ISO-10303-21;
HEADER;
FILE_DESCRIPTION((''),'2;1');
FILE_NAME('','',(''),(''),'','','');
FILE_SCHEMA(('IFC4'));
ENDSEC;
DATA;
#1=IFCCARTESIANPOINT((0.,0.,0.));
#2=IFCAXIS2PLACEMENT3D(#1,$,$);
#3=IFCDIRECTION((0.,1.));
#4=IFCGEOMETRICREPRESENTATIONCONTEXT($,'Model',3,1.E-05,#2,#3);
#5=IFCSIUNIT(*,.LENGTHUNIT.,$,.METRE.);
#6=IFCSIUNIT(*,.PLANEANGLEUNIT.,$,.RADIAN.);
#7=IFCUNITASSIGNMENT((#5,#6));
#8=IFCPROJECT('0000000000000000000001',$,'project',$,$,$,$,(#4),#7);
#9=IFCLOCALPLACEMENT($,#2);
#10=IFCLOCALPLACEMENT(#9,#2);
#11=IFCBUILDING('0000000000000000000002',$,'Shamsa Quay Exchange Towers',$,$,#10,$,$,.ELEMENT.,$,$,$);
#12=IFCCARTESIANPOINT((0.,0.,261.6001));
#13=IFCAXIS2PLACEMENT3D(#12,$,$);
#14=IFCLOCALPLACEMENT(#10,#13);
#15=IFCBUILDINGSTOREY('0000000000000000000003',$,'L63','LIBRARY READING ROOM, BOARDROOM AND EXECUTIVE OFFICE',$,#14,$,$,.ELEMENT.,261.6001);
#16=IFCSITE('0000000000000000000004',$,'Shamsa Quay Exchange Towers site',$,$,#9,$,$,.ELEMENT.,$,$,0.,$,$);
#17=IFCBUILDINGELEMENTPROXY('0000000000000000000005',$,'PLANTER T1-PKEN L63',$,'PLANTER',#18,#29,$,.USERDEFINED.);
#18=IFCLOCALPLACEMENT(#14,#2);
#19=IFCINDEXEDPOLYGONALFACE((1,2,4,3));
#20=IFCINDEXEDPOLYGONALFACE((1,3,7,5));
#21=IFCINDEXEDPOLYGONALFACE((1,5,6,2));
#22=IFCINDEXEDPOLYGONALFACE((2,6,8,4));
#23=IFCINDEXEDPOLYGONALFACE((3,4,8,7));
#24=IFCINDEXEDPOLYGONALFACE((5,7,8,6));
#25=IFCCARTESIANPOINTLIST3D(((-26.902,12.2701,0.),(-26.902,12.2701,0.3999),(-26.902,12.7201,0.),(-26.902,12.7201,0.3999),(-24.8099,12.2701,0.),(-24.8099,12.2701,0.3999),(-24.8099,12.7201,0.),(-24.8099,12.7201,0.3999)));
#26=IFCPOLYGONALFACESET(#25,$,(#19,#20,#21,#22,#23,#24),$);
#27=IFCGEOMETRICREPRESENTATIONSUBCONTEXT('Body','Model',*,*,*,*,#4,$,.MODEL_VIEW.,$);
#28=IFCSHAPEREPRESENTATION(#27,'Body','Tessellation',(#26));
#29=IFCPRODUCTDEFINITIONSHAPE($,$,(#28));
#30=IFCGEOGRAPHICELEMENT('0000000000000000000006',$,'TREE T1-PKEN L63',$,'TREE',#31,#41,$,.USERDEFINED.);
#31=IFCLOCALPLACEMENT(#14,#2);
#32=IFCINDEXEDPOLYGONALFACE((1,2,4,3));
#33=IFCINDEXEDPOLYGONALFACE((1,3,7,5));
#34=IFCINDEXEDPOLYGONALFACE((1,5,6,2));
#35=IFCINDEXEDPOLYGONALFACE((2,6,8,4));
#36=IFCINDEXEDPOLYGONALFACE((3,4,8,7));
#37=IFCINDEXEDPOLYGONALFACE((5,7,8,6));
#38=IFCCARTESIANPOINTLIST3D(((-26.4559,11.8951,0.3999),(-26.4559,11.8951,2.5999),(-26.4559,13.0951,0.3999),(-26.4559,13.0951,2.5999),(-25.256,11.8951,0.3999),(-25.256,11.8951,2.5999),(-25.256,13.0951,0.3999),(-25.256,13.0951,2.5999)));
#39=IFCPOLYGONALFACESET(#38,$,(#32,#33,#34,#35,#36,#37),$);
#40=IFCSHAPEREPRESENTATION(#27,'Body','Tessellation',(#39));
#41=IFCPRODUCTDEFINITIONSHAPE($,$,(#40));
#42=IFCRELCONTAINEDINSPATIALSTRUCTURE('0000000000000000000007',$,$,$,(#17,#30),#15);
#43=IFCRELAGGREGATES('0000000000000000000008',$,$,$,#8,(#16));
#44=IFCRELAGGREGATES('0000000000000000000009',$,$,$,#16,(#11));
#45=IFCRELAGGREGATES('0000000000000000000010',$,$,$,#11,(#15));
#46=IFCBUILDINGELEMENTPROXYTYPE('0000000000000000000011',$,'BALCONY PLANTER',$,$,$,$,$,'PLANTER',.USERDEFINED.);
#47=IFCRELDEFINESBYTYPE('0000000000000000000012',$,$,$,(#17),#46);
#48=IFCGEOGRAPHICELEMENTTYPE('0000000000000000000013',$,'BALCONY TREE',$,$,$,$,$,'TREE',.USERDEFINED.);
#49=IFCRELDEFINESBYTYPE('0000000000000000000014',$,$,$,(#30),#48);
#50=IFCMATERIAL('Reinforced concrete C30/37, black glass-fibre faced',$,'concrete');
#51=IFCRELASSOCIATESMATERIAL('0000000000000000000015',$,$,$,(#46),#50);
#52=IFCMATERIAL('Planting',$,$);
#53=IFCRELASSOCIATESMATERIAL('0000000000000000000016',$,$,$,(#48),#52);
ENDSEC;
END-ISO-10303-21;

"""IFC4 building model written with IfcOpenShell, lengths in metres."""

from ifc_helpers import new_model, si_unit, direction, frame, origin, origin_2d, place, context, subcontext, project, spatial, rectangle, extrude, material, type_object, element, save


model = new_model("IFC4")

# Units and contexts
model_context = context("Model", 3, precision=1e-05, world=origin(), true_north=direction((0.0, 1.0)))
body_context = subcontext(model_context, "Body", "Model", "MODEL_VIEW")
ifc_project = project(units=[si_unit("LENGTHUNIT", "METRE"), si_unit("PLANEANGLEUNIT", "RADIAN")], contexts=[model_context])

# Site, building, storey
site_placement = place(None, origin())
site = spatial("IfcSite", under=ifc_project, at=site_placement, Name="Shamsa Quay Exchange Towers site", CompositionType="ELEMENT", RefElevation=0.0)
building_placement = place(site_placement, origin())
building = spatial("IfcBuilding", under=site, at=building_placement, Name="Shamsa Quay Exchange Towers", CompositionType="ELEMENT")
storey_placement = place(building_placement, frame((0.0, 0.0, 261.6001)))
storey = spatial("IfcBuildingStorey", under=building, at=storey_placement, Name="L63", Description="LIBRARY READING ROOM, BOARDROOM AND EXECUTIVE OFFICE", CompositionType="ELEMENT", Elevation=261.6001)

# Building element proxy
ifc_material_1 = material(Name="Reinforced concrete C30/37, black glass-fibre faced", Category="concrete")
building_element_proxy_type = type_object("IfcBuildingElementProxyType", Name="BALCONY PLANTER", ElementType="PLANTER", PredefinedType="USERDEFINED", material=ifc_material_1)
proxy_placement = place(storey_placement, frame((-25.856, 12.4951, 0.0), z_axis=(0.0, 0.0, 1.0), x_axis=(-1.0, 0.0, 0.0)))
element("IfcBuildingElementProxy", 1, at=proxy_placement, inside=storey, type_object=building_element_proxy_type, Name="PLANTER T1-PKEN L63", ObjectType="PLANTER", PredefinedType="USERDEFINED", context=body_context, shape_type="SweptSolid", body=[
    extrude(rectangle(XDim=2.092, YDim=0.45, at=origin_2d()), origin(), (0.0, 0.0, 1.0), 0.3999),
])

# Geographic element
ifc_material_2 = material(Name="Planting")
geographic_element_type = type_object("IfcGeographicElementType", Name="BALCONY TREE", ElementType="TREE", PredefinedType="USERDEFINED", material=ifc_material_2)
geographic_element_placement = place(storey_placement, frame((-25.856, 12.4951, 0.3999), z_axis=(0.0, 0.0, 1.0), x_axis=(-1.0, 0.0, 0.0)))
element("IfcGeographicElement", 2, at=geographic_element_placement, inside=storey, type_object=geographic_element_type, Name="TREE T1-PKEN L63", ObjectType="TREE", PredefinedType="USERDEFINED", context=body_context, shape_type="SweptSolid", body=[
    extrude(rectangle(XDim=1.2, YDim=1.2, at=origin_2d()), origin(), (0.0, 0.0, 1.0), 2.2),
])

save(model, "model.ifc")
